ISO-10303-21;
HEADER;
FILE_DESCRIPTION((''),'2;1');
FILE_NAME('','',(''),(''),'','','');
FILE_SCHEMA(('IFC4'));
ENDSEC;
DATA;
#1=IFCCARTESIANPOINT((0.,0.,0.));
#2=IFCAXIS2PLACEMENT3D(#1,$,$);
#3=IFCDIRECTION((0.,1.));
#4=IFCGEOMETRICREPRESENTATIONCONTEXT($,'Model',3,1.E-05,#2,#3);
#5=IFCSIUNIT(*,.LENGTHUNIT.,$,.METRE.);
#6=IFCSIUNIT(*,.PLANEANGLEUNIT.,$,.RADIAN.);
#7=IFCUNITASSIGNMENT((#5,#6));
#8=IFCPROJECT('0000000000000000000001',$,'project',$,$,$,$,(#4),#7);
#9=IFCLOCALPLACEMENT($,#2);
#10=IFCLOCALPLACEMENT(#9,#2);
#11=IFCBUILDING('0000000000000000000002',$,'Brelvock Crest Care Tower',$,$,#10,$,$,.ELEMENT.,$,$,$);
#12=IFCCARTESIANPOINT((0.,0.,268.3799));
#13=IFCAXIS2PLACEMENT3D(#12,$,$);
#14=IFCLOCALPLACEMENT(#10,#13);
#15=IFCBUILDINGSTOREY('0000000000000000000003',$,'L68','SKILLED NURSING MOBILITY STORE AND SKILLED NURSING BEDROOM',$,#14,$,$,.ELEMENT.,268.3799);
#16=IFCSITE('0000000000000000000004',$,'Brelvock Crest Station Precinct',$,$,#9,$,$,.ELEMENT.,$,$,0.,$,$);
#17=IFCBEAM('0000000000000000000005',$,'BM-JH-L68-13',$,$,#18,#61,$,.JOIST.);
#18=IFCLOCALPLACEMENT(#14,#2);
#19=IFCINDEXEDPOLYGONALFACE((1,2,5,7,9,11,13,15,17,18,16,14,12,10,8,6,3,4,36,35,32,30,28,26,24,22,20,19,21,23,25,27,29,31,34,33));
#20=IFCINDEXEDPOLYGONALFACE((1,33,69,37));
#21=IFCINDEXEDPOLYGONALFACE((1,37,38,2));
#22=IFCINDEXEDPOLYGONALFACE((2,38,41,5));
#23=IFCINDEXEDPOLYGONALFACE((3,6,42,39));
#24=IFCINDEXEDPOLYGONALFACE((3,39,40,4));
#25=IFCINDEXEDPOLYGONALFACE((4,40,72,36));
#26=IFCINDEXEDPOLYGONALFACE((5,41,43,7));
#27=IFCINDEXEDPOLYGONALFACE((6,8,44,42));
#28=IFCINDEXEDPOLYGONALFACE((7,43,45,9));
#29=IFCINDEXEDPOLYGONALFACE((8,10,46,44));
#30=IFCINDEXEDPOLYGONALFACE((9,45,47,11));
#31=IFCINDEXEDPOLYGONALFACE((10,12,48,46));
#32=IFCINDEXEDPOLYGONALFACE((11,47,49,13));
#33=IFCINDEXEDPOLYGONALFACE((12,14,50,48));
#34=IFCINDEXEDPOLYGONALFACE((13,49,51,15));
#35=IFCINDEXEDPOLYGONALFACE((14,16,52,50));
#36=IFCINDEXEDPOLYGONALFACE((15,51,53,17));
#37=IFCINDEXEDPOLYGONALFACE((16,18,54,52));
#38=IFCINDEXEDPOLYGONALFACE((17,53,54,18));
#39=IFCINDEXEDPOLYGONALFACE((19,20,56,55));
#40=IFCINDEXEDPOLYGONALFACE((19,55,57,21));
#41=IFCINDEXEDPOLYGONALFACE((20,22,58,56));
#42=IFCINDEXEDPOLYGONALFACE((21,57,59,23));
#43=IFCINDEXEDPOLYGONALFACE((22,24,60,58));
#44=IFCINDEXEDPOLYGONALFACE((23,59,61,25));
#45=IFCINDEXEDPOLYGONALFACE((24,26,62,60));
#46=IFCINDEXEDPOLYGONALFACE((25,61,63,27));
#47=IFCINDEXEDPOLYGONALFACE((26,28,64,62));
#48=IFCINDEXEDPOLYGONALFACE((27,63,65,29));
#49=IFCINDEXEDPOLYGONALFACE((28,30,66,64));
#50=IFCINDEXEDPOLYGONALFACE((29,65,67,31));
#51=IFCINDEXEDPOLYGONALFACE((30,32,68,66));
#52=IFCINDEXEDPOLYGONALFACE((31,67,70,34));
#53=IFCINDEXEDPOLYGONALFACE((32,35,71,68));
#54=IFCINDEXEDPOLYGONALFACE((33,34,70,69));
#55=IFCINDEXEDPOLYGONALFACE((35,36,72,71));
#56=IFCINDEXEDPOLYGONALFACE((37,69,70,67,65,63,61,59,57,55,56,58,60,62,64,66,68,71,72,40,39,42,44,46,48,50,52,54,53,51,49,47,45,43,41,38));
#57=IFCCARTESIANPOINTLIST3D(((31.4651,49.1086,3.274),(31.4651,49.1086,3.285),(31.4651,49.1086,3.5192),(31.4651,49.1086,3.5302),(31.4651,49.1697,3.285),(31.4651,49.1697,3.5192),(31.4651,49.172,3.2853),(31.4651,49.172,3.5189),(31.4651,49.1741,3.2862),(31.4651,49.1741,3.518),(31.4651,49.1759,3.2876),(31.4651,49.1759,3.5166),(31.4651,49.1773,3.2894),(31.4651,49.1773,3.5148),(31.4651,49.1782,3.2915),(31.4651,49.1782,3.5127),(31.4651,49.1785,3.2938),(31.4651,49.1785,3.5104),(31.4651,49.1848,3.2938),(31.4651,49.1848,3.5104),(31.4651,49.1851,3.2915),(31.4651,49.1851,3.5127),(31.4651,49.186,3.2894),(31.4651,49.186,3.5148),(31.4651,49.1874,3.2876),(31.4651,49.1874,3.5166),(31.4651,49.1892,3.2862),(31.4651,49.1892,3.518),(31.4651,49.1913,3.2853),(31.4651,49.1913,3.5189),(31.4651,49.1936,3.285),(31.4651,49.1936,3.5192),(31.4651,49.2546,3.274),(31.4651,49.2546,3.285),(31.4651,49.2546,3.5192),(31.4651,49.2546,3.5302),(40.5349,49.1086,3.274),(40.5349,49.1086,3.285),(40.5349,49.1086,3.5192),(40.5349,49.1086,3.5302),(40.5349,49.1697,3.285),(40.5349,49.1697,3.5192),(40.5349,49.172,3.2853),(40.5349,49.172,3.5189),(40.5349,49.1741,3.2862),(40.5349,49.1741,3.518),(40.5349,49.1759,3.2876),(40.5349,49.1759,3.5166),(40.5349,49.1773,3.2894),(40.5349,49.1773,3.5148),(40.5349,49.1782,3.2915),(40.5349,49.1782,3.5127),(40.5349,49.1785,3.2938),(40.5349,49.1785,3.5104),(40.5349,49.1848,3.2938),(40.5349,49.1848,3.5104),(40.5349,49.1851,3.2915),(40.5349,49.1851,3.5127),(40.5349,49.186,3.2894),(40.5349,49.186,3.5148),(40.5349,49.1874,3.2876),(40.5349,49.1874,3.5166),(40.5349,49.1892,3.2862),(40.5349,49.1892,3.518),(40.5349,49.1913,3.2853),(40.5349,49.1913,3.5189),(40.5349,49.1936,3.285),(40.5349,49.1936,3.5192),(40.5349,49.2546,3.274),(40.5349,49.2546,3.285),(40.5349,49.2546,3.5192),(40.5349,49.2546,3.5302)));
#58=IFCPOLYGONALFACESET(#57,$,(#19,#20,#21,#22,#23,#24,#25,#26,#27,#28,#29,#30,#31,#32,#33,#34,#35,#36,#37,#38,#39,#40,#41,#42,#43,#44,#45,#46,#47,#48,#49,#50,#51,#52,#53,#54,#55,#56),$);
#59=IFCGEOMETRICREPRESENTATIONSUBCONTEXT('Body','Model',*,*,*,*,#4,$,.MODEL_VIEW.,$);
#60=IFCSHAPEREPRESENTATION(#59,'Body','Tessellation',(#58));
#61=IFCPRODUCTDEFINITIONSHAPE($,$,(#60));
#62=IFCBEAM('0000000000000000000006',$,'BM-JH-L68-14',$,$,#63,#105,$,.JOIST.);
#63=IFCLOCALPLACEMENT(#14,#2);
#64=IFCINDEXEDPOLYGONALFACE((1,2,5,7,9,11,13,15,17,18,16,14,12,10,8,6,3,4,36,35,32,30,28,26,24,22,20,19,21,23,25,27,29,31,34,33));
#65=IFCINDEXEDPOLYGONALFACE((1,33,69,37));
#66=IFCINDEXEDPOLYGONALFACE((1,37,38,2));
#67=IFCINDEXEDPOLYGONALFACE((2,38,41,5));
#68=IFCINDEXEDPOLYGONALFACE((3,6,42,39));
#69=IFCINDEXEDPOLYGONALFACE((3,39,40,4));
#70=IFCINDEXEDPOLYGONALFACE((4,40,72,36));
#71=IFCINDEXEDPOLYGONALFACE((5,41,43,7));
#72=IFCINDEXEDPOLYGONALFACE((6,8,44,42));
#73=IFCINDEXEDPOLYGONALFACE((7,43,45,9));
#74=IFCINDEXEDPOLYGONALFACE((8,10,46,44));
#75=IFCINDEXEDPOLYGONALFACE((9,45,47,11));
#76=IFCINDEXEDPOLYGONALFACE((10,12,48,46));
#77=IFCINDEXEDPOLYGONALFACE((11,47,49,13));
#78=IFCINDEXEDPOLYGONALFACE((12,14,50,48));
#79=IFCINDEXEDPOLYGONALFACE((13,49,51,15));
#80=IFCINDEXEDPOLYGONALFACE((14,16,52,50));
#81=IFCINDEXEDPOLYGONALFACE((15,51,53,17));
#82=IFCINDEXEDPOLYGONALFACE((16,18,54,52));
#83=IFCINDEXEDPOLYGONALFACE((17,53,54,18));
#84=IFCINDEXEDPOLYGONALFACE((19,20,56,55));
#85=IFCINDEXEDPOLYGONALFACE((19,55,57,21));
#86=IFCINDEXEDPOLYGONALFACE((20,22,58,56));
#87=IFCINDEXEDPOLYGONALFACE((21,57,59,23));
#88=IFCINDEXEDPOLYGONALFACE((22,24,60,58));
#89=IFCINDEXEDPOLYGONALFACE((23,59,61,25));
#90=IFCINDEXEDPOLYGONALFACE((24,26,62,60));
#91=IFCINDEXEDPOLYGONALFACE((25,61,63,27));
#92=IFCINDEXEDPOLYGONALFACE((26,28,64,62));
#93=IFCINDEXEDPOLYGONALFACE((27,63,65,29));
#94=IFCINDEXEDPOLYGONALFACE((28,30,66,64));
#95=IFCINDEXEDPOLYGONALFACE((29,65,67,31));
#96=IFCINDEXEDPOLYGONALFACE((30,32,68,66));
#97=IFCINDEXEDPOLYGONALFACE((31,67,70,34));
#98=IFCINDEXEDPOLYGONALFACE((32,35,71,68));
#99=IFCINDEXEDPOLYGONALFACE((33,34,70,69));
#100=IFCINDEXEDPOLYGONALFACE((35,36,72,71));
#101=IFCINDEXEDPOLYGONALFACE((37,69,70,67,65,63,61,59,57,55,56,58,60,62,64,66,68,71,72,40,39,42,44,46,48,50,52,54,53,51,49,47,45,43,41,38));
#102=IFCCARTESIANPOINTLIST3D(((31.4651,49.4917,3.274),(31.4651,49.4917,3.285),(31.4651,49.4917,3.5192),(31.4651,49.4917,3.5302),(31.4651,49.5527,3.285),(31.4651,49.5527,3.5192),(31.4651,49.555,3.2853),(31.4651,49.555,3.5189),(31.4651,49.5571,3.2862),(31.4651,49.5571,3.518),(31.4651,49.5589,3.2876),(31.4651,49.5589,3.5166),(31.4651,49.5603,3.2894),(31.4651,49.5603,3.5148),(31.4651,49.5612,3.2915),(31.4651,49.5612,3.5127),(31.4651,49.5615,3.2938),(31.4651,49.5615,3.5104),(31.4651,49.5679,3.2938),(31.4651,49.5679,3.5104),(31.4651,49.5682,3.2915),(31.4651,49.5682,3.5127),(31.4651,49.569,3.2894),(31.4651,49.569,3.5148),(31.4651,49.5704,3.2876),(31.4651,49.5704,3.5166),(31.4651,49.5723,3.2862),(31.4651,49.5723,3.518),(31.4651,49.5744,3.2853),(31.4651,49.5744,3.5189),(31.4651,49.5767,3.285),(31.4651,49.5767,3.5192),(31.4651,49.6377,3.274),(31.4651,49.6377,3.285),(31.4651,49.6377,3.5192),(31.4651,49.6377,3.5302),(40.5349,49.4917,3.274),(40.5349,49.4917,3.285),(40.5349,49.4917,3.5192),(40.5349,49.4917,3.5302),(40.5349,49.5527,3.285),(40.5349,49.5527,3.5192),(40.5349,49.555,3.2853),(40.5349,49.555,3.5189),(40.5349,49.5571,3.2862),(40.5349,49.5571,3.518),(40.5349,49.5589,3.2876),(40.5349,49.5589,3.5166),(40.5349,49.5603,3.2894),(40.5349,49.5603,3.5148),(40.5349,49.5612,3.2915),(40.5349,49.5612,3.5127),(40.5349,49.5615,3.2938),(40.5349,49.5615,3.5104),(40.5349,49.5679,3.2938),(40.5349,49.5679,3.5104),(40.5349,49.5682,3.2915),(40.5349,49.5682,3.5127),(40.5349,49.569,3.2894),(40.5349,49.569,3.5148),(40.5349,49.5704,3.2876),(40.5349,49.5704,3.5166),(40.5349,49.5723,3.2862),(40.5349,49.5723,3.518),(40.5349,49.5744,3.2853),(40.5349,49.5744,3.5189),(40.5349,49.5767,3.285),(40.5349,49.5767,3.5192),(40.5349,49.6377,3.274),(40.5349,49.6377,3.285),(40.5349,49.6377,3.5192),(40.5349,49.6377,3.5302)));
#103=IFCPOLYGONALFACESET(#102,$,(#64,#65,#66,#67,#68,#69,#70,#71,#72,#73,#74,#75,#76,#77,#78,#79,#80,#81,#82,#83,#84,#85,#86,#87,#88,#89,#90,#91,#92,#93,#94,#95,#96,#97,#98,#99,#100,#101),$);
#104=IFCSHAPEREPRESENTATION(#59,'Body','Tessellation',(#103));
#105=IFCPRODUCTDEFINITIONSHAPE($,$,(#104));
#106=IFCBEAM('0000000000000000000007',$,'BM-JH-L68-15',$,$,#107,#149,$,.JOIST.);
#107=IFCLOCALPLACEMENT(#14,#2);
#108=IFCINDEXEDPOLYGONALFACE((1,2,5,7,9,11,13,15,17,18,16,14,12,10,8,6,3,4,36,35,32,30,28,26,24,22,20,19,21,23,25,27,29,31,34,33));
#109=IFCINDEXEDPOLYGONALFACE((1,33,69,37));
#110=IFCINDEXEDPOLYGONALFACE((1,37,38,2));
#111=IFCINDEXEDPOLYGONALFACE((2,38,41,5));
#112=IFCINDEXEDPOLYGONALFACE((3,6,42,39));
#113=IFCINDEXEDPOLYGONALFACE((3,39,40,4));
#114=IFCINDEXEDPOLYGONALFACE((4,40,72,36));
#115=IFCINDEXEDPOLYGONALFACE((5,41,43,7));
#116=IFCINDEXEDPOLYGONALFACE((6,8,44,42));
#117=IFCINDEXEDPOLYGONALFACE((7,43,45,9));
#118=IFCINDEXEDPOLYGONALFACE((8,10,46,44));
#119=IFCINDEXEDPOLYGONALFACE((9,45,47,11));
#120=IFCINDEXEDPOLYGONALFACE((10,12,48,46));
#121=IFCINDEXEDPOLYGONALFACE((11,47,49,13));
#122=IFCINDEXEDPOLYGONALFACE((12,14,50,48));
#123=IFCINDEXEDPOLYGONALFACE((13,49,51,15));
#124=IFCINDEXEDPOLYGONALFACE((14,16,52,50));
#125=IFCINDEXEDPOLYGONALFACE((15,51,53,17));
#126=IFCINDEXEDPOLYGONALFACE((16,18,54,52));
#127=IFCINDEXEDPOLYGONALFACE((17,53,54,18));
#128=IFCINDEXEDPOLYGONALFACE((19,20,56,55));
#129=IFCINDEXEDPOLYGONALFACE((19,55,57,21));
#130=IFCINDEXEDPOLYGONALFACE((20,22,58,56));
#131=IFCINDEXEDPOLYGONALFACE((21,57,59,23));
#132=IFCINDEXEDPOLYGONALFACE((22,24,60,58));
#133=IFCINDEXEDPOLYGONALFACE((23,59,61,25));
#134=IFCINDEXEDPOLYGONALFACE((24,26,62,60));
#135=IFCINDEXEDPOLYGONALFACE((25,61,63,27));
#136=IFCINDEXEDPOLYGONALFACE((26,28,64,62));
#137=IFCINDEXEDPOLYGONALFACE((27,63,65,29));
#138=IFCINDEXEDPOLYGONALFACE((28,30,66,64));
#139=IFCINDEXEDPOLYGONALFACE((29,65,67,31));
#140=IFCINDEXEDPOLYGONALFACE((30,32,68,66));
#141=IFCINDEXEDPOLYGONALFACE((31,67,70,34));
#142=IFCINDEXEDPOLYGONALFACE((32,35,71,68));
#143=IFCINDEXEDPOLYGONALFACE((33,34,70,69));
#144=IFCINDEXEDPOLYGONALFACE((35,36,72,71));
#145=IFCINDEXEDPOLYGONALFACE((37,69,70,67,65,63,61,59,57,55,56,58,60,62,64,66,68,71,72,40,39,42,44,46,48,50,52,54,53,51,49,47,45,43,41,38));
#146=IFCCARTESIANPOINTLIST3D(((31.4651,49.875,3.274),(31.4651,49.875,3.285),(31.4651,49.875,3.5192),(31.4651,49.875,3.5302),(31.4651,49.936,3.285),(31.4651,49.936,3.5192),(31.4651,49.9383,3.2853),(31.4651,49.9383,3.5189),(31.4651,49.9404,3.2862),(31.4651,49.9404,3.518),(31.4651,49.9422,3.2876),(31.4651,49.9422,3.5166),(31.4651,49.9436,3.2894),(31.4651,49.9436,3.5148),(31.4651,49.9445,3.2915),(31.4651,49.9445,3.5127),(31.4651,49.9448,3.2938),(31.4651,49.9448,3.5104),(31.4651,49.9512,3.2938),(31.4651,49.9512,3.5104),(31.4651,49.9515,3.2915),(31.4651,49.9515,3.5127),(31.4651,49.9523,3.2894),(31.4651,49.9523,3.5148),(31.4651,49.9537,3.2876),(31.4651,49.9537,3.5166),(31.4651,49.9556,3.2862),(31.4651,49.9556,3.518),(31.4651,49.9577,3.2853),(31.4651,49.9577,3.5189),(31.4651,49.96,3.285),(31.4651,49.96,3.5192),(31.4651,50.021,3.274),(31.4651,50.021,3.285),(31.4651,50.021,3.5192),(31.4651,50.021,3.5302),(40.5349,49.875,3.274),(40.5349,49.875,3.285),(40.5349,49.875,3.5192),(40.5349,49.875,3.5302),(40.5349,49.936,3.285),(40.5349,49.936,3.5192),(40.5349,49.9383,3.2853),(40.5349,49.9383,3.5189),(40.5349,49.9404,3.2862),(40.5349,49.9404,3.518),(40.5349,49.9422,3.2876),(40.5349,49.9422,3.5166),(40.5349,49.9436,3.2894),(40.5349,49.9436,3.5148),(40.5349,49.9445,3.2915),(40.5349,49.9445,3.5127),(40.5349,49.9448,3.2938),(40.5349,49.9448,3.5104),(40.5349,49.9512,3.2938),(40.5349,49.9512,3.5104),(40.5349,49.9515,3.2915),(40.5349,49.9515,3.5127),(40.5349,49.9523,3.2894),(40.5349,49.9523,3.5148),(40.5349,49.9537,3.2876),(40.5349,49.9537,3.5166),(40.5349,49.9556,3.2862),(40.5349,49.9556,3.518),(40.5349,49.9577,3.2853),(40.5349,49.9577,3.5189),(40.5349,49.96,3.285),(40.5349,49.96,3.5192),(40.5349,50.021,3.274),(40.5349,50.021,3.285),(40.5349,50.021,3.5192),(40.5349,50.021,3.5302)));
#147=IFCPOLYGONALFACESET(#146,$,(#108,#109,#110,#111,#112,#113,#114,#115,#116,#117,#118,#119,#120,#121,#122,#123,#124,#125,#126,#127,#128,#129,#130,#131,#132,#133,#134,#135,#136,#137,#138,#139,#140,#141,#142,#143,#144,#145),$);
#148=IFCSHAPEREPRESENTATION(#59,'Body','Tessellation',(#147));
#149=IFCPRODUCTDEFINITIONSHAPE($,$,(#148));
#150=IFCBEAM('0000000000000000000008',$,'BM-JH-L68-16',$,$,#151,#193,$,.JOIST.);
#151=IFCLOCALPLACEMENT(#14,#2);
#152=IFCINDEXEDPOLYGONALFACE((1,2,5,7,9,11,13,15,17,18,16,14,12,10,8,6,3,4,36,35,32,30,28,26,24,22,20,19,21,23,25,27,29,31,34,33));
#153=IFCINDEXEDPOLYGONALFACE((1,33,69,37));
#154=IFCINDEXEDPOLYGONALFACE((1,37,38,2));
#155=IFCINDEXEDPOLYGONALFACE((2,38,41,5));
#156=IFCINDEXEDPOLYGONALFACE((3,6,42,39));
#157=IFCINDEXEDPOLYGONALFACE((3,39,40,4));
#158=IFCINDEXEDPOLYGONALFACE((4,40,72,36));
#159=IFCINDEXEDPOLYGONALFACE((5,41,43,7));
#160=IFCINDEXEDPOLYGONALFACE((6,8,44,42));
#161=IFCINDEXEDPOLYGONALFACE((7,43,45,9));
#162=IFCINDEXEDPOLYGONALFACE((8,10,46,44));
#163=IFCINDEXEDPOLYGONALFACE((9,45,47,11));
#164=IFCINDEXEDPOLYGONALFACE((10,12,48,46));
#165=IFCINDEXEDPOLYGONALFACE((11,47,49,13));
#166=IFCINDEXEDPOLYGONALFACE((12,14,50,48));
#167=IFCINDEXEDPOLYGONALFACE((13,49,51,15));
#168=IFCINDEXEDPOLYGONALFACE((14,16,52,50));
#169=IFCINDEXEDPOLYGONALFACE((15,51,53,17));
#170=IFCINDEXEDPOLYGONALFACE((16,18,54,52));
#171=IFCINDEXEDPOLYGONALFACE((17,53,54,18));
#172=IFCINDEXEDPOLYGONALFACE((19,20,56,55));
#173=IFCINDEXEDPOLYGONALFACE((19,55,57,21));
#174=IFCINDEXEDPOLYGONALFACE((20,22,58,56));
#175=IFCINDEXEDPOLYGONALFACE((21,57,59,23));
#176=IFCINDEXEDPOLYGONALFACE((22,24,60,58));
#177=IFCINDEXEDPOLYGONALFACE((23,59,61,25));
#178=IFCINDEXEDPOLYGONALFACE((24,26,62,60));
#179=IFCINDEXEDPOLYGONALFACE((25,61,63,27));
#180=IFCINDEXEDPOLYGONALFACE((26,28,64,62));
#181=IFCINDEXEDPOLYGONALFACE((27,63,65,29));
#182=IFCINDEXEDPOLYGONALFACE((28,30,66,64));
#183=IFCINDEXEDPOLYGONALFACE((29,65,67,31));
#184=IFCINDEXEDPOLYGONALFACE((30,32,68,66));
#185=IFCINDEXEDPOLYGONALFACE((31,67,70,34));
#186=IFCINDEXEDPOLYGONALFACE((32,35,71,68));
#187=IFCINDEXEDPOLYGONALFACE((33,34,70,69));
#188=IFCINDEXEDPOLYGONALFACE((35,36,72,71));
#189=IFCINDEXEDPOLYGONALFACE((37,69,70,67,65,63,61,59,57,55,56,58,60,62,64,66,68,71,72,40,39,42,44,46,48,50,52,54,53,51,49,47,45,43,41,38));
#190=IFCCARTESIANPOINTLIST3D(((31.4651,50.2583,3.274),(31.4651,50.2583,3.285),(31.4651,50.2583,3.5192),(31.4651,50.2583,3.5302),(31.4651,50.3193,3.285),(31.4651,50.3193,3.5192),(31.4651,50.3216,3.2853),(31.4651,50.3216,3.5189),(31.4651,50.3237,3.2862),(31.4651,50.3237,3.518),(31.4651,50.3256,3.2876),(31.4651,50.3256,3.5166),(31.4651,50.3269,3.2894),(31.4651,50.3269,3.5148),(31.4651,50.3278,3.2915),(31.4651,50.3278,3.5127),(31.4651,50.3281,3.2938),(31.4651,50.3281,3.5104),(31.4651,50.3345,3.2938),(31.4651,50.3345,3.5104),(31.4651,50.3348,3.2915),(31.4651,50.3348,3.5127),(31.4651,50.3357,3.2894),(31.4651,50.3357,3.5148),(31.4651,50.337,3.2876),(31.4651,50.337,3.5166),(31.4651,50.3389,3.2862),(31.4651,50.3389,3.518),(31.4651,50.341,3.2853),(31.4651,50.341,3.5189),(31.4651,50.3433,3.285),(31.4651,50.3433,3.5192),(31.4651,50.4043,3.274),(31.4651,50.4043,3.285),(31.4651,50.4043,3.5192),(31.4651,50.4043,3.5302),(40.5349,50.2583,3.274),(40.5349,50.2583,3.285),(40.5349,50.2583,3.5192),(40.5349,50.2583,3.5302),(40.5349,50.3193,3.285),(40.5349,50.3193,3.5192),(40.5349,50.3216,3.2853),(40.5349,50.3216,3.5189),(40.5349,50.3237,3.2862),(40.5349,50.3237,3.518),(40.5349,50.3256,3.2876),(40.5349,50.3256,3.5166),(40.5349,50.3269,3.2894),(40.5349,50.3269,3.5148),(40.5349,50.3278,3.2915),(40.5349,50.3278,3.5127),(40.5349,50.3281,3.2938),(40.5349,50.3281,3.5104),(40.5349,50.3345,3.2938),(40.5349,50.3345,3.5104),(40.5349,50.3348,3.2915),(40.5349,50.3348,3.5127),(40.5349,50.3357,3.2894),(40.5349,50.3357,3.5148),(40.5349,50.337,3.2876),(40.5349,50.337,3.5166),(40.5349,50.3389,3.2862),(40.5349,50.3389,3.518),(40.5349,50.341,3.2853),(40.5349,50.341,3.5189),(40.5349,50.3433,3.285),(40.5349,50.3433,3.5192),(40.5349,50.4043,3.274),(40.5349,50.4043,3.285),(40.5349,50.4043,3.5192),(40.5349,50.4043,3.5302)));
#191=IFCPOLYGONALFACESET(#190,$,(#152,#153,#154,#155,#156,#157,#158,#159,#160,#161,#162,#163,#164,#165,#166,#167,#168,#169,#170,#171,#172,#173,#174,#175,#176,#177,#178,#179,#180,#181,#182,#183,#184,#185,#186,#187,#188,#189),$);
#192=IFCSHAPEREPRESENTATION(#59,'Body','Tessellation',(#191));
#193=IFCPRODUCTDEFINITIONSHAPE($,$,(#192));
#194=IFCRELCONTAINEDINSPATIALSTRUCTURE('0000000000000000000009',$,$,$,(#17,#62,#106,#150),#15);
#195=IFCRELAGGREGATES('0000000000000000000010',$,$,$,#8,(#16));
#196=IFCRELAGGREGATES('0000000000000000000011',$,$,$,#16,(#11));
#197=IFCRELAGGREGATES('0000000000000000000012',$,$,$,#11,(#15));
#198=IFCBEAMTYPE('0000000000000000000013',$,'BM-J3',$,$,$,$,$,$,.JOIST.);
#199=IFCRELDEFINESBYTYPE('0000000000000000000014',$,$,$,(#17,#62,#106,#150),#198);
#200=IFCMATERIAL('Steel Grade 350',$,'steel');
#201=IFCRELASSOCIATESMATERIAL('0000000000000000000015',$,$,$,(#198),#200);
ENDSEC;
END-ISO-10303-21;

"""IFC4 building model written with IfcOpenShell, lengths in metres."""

from ifc_helpers import new_model, si_unit, direction, frame, origin, origin_2d, place, context, subcontext, project, spatial, i_section, extrude, source, transform, mapped, material, material_profile, profile_set, type_object, element, save


model = new_model("IFC4")

# Units and contexts
model_context = context("Model", 3, precision=1e-05, world=origin(), true_north=direction((0.0, 1.0)))
body_context = subcontext(model_context, "Body", "Model", "MODEL_VIEW")
ifc_project = project(units=[si_unit("LENGTHUNIT", "METRE"), si_unit("PLANEANGLEUNIT", "RADIAN")], contexts=[model_context])

# Site, building, storey
site_placement = place(None, origin())
site = spatial("IfcSite", under=ifc_project, at=site_placement, Name="Brelvock Crest Station Precinct", CompositionType="ELEMENT", RefElevation=0.0)
building_placement = place(site_placement, origin())
building = spatial("IfcBuilding", under=site, at=building_placement, Name="Brelvock Crest Care Tower", CompositionType="ELEMENT")
storey_placement = place(building_placement, frame((0.0, 0.0, 268.3799)))
storey = spatial("IfcBuildingStorey", under=building, at=storey_placement, Name="L68", Description="SKILLED NURSING MOBILITY STORE AND SKILLED NURSING BEDROOM", CompositionType="ELEMENT", Elevation=268.3799)

# Beams
ifc_material_1 = material(Name="Steel Grade 350", Category="steel")
ifc_material_profile_1 = material_profile(ifc_material_1, i_section(OverallWidth=0.146, OverallDepth=0.2561, WebThickness=0.0063, FlangeThickness=0.011, FilletRadius=0.0088, at=origin_2d()), Name="250UB37.3")
ifc_profile_set_1 = profile_set([ifc_material_profile_1], Name="Steel Grade 350")
beam_type_1 = type_object("IfcBeamType", Name="BM-J3", PredefinedType="JOIST", material=ifc_profile_set_1)
shared_shape_1 = source(origin(), body_context, "Body", "SweptSolid", [
    extrude(i_section(OverallWidth=0.146, OverallDepth=0.2561, WebThickness=0.0063, FlangeThickness=0.011, FilletRadius=0.0088, at=origin_2d()), origin(), (0.0, 0.0, 1.0), 9.0698),
])
for number, where, z_axis, x_axis, name in (
    (1, (31.4651, 49.1816, 3.4021), (1.0, 0.0, 0.0), (0.0, 1.0, 0.0), "BM-JH-L68-13"),
    (2, (31.4651, 49.5647, 3.4021), (1.0, 0.0, 0.0), (0.0, 1.0, 0.0), "BM-JH-L68-14"),
    (3, (31.4651, 49.948, 3.4021), (1.0, 0.0, 0.0), (0.0, 1.0, 0.0), "BM-JH-L68-15"),
    (4, (31.4651, 50.3313, 3.4021), (1.0, 0.0, 0.0), (0.0, 1.0, 0.0), "BM-JH-L68-16"),
):
    element("IfcBeam", number, at=place(storey_placement, frame(where, z_axis=z_axis, x_axis=x_axis)), inside=storey, type_object=beam_type_1, Name=name, PredefinedType="JOIST", context=body_context, shape_type="MappedRepresentation", body=[
        mapped(shared_shape_1, transform((0.0, 0.0, 0.0), x_axis=(1.0, 0.0, 0.0), y_axis=(0.0, 1.0, 0.0), z_axis=(0.0, 0.0, 1.0), scale=1.0)),
    ])

save(model, "model.ifc")
